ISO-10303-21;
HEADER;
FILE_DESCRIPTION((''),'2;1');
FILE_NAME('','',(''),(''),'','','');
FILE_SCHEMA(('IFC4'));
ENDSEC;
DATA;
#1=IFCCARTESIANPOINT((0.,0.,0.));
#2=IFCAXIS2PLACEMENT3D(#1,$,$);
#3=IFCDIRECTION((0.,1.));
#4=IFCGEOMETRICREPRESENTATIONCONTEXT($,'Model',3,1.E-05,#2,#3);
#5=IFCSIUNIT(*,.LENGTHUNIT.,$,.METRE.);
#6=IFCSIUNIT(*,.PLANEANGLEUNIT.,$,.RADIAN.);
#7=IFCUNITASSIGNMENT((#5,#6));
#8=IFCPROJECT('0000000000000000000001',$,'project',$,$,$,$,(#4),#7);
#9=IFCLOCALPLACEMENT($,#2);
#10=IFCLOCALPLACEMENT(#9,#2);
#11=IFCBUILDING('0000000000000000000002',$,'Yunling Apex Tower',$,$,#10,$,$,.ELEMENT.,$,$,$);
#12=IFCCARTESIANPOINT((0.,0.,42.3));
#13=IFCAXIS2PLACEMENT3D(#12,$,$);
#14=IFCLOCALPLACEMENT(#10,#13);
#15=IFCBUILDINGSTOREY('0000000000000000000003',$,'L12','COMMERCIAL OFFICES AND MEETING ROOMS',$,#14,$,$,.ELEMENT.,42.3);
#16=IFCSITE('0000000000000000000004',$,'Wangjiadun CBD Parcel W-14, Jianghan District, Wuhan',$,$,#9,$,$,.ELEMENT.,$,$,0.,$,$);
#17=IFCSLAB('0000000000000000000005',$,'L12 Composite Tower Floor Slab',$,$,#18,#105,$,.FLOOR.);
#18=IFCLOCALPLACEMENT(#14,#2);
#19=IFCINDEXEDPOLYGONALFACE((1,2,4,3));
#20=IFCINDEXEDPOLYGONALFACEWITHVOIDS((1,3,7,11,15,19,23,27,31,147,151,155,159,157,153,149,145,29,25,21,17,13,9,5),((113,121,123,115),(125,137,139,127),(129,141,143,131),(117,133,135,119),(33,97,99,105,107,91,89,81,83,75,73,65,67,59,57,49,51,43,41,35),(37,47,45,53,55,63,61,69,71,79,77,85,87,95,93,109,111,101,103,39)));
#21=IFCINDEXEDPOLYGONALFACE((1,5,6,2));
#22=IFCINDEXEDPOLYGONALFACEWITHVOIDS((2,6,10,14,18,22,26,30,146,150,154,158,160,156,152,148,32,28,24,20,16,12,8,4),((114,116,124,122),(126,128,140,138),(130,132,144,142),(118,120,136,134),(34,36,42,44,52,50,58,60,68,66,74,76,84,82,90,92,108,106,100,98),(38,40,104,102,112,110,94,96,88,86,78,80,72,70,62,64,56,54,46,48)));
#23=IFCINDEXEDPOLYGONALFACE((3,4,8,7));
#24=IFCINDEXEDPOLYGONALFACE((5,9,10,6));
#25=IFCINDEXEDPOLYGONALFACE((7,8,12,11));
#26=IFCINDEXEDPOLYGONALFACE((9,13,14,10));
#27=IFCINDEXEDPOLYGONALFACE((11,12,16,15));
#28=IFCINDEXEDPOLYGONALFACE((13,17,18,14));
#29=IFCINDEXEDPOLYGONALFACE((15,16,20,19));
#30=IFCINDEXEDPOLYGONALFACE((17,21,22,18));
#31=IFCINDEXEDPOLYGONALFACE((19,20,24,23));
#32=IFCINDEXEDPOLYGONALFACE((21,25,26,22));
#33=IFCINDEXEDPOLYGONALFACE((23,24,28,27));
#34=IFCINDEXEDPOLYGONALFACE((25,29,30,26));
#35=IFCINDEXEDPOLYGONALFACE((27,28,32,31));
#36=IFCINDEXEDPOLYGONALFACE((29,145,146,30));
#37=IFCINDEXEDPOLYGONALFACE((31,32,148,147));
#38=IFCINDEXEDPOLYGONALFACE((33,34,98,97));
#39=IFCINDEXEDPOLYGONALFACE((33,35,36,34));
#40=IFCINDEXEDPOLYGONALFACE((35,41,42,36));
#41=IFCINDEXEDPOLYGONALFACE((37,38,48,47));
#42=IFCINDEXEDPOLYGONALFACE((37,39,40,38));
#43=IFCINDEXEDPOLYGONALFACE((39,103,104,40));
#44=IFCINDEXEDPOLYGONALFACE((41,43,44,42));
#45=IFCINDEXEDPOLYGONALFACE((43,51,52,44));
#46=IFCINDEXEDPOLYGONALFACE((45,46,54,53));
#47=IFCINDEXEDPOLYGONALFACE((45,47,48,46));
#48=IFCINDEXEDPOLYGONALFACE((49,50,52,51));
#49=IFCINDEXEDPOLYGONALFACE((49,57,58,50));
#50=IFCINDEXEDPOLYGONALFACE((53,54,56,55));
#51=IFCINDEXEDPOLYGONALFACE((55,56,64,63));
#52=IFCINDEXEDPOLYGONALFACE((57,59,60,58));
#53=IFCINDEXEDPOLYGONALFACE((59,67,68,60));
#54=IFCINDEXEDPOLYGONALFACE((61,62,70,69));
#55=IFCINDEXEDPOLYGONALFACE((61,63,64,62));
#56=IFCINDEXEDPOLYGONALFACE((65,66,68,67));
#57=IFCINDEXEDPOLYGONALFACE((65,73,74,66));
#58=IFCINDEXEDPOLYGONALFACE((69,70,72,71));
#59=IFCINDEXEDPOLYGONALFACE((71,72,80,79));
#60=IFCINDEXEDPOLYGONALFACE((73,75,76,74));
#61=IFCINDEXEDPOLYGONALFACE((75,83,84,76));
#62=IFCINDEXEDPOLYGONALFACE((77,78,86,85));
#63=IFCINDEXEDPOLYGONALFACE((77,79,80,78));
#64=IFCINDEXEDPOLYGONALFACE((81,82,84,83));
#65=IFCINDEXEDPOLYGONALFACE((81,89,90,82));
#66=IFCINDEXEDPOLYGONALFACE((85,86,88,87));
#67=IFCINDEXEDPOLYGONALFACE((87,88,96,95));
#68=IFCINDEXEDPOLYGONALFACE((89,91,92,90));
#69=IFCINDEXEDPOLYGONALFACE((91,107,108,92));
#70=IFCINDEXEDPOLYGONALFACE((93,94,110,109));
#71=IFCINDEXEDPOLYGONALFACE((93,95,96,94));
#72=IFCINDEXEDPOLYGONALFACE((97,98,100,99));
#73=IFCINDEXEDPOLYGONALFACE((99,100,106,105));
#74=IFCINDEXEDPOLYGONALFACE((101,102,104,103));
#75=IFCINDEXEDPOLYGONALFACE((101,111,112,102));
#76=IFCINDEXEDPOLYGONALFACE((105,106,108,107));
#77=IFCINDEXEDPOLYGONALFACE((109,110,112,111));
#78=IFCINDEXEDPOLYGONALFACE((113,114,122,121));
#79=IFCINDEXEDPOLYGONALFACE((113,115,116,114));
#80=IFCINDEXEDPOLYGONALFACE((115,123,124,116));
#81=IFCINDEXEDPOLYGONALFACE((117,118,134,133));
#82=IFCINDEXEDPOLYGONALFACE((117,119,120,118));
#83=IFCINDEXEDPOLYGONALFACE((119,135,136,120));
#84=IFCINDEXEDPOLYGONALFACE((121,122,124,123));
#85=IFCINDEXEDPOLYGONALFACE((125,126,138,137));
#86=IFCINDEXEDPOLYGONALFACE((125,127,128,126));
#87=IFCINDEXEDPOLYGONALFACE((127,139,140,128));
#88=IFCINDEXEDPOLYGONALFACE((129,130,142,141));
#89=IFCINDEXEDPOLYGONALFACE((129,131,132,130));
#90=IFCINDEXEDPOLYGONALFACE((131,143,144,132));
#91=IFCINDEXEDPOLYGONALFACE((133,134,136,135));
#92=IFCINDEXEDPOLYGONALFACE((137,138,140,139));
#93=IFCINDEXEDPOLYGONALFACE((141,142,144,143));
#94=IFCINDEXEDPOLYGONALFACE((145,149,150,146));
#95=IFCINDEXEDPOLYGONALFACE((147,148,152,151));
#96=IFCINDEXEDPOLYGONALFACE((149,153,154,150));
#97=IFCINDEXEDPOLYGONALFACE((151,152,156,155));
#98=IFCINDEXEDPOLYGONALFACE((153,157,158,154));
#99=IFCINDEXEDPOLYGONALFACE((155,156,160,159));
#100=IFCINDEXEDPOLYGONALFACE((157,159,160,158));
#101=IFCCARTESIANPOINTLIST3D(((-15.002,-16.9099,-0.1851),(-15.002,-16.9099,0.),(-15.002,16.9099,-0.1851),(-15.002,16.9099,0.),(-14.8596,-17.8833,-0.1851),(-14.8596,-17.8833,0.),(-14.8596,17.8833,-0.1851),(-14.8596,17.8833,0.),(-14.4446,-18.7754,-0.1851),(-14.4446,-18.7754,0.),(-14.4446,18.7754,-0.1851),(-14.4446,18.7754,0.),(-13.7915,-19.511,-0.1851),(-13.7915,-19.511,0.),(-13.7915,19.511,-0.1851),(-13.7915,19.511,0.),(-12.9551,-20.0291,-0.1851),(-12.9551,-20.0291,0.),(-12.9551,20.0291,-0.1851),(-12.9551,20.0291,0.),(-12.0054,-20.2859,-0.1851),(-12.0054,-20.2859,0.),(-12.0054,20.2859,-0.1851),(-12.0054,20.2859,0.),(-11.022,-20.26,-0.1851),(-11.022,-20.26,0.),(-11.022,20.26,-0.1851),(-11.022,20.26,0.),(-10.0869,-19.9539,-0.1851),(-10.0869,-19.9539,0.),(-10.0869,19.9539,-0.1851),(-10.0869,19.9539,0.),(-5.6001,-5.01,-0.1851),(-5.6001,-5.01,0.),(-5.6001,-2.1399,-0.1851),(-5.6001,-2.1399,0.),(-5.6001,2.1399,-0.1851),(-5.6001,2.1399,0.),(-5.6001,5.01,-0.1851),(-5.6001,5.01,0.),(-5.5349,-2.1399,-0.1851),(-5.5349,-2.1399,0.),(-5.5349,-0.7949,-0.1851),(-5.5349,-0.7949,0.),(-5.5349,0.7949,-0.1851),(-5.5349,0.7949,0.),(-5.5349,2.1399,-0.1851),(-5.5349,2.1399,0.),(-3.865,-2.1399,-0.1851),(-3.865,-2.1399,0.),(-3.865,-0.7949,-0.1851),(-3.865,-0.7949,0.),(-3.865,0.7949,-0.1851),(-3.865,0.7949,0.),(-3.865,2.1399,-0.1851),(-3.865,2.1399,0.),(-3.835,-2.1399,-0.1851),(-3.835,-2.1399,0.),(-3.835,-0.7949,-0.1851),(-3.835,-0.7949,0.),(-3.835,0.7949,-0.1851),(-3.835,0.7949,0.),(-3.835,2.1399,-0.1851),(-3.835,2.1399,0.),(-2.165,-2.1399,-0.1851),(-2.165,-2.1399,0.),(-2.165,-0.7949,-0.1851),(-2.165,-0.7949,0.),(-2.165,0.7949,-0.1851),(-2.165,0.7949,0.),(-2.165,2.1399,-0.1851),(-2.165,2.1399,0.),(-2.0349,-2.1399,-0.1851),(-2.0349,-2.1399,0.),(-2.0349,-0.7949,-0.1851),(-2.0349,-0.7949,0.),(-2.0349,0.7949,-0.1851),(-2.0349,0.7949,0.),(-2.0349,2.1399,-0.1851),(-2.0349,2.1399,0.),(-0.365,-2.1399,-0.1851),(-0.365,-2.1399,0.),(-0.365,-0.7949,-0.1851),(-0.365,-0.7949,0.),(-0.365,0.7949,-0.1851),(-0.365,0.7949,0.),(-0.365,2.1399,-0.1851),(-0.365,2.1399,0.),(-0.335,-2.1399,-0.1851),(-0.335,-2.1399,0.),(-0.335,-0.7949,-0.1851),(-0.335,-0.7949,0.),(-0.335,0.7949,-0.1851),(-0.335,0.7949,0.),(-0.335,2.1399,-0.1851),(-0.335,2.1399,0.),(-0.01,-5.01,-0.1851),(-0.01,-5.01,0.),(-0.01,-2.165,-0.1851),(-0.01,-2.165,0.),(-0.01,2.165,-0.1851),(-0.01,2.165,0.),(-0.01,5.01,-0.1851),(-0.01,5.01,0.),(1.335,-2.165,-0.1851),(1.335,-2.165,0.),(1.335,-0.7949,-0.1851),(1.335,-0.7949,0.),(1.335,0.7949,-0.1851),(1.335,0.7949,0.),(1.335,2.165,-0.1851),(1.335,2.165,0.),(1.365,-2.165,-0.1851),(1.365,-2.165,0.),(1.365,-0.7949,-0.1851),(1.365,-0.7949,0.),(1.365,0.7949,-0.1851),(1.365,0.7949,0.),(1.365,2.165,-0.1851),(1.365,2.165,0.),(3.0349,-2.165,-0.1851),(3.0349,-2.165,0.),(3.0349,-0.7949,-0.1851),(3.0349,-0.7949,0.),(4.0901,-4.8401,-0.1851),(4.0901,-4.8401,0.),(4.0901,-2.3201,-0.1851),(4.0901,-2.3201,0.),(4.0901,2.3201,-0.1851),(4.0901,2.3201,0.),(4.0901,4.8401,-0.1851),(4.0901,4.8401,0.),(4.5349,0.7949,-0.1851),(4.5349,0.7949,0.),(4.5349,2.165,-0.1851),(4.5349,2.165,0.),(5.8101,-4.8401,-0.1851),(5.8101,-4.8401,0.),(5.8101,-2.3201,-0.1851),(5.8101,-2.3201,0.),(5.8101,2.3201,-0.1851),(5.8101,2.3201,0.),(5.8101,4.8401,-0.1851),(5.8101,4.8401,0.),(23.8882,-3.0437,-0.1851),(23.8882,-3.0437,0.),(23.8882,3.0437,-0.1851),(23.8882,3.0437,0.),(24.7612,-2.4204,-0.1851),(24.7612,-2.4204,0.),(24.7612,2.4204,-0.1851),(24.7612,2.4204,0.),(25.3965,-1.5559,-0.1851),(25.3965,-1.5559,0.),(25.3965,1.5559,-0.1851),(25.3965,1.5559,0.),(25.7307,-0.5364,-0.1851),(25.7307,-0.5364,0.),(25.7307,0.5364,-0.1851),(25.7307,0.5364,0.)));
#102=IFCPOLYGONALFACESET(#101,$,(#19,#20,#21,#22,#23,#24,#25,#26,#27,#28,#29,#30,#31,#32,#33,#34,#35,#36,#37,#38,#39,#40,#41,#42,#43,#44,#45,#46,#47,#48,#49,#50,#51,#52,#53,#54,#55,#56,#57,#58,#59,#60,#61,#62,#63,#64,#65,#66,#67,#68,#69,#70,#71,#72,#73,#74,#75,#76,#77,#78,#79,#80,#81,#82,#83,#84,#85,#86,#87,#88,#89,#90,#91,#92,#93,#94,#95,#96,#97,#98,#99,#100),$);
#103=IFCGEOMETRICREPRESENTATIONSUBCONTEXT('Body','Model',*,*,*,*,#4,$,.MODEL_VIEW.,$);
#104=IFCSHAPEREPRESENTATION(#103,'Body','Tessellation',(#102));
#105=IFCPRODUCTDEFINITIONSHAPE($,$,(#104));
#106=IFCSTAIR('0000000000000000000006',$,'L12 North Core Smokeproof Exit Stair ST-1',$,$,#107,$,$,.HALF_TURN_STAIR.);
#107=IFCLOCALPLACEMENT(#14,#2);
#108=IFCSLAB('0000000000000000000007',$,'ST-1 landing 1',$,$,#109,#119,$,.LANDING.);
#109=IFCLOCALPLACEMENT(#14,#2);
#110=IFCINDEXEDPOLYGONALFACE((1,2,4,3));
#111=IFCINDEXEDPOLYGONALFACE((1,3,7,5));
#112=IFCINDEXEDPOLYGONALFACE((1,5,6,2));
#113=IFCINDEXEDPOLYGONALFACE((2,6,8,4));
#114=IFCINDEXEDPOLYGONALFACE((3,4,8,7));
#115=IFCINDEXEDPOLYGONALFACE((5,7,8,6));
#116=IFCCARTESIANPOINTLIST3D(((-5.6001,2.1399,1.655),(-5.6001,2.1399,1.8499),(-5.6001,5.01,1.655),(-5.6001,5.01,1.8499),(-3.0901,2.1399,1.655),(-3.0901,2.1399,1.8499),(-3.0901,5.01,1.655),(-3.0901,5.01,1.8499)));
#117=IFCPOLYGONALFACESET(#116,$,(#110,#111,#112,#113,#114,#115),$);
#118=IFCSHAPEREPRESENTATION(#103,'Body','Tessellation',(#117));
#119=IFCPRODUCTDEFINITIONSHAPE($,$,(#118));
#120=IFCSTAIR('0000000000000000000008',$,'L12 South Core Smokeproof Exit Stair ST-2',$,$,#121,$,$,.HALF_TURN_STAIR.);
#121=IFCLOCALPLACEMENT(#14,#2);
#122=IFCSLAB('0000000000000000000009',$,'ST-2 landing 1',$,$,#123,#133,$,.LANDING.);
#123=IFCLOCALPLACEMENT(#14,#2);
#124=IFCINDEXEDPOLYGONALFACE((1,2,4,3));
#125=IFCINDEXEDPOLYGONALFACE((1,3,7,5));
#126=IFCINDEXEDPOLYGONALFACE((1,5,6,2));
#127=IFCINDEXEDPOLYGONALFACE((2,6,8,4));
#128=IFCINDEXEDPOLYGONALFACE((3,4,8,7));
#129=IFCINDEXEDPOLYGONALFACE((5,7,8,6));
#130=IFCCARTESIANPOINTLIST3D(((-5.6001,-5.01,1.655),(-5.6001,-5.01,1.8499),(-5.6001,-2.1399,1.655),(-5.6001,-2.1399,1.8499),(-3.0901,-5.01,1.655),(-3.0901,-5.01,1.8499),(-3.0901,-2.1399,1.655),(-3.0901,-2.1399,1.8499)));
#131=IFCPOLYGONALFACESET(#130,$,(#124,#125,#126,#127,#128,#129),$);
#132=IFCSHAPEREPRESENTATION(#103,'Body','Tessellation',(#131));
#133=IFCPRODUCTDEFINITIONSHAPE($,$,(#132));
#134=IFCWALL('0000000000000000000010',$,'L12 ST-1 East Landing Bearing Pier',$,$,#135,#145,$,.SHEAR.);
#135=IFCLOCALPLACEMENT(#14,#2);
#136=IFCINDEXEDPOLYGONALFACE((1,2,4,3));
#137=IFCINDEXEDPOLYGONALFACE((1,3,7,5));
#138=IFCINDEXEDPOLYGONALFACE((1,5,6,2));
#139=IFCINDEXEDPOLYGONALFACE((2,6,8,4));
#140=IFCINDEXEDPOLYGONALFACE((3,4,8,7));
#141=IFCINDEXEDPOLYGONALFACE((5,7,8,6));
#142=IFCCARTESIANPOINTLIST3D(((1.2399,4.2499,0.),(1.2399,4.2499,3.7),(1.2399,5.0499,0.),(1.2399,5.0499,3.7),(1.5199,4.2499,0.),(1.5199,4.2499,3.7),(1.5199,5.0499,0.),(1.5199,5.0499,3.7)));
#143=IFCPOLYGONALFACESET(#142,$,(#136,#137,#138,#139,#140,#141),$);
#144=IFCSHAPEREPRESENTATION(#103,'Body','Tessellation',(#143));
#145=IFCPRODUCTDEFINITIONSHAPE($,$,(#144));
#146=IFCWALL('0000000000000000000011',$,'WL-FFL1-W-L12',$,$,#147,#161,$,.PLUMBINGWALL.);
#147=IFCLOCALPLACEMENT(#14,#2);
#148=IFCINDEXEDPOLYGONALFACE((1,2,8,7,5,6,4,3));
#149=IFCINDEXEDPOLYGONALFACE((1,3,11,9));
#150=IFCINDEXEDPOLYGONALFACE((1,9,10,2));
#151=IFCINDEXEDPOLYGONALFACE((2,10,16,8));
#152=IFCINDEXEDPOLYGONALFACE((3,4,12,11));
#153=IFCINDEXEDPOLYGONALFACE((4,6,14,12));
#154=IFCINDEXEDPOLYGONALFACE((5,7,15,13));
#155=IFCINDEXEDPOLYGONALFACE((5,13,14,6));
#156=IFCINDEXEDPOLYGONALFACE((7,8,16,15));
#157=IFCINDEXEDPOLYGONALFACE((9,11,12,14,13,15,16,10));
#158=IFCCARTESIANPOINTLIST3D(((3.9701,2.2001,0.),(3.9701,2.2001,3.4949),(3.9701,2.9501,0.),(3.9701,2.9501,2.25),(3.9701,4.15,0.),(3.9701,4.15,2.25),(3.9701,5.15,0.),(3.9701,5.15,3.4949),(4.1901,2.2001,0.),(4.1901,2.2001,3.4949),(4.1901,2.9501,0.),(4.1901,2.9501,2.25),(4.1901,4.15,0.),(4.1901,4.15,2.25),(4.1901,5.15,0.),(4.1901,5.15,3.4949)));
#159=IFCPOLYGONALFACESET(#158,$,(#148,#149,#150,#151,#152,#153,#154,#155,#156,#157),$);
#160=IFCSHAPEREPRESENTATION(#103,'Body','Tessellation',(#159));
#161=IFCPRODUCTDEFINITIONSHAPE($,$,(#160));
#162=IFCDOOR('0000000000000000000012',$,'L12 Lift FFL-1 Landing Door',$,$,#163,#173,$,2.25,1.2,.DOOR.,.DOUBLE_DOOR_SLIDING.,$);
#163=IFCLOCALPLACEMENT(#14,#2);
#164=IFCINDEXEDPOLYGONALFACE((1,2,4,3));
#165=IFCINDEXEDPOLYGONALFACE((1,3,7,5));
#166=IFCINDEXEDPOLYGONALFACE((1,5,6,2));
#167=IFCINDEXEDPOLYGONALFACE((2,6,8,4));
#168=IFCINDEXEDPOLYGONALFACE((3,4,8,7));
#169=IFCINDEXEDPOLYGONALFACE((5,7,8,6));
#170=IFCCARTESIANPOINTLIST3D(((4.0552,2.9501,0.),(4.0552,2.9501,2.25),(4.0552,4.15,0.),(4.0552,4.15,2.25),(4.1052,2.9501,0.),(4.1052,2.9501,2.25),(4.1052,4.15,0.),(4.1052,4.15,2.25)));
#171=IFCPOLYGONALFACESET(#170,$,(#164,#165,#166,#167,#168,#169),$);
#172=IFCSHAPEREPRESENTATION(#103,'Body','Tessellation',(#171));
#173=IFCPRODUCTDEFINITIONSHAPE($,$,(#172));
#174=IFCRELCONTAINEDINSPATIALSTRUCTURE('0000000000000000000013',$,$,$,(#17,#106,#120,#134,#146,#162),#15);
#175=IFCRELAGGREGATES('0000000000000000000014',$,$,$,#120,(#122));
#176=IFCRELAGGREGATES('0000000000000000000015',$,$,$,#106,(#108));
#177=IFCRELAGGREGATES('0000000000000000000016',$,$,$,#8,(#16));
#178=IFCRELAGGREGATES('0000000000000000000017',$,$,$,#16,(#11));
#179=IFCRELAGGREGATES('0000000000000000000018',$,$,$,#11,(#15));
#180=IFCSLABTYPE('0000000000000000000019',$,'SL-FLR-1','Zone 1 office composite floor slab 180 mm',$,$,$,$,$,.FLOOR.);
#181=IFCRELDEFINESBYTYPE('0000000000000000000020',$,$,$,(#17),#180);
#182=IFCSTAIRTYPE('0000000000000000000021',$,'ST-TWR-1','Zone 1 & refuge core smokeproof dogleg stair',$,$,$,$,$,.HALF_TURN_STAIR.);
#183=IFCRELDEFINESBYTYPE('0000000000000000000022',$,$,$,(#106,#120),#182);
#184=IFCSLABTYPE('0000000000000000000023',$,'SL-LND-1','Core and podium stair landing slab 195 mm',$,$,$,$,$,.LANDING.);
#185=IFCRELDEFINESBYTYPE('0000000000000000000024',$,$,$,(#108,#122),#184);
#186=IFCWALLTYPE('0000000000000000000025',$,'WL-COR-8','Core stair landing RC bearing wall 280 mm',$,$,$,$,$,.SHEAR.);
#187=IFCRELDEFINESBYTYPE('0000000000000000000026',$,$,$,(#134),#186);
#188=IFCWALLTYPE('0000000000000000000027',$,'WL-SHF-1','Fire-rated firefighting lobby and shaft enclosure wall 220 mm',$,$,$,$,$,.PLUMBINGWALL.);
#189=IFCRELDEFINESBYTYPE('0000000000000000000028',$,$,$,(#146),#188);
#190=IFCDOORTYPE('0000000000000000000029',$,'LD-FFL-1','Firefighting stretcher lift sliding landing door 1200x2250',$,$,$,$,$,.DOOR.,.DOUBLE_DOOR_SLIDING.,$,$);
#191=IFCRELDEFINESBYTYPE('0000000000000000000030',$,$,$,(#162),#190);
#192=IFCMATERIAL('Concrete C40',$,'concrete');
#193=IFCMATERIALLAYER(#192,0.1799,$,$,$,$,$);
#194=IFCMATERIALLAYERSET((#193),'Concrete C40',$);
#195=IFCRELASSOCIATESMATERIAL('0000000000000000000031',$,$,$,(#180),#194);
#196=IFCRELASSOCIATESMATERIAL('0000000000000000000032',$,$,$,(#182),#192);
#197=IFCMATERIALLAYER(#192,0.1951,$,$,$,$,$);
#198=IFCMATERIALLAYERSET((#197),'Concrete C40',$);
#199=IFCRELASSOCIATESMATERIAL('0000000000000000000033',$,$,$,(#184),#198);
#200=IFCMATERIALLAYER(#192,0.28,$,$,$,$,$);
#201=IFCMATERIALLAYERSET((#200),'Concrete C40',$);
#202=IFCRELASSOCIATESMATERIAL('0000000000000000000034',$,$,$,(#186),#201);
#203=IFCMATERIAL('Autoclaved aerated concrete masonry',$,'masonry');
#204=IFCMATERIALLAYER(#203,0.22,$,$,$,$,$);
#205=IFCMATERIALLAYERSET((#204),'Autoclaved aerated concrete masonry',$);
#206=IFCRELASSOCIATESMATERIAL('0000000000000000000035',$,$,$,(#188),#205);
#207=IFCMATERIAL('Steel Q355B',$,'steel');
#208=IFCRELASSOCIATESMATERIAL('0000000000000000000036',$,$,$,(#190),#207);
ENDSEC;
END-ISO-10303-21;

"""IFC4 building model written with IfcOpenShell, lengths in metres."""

from ifc_helpers import new_model, si_unit, direction, frame, frame_2d, origin, place, context, subcontext, project, spatial, polyline, rectangle, outline, extrude, material, layer, layer_set, type_object, element, fill, aggregate, save


model = new_model("IFC4")

# Units and contexts
model_context = context("Model", 3, precision=1e-05, world=origin(), true_north=direction((0.0, 1.0)))
body_context = subcontext(model_context, "Body", "Model", "MODEL_VIEW")
ifc_project = project(units=[si_unit("LENGTHUNIT", "METRE"), si_unit("PLANEANGLEUNIT", "RADIAN")], contexts=[model_context])

# Site, building, storey
site_placement = place(None, origin())
site = spatial("IfcSite", under=ifc_project, at=site_placement, Name="Wangjiadun CBD Parcel W-14, Jianghan District, Wuhan", CompositionType="ELEMENT", RefElevation=0.0)
building_placement = place(site_placement, origin())
building = spatial("IfcBuilding", under=site, at=building_placement, Name="Yunling Apex Tower", CompositionType="ELEMENT")
storey_placement = place(building_placement, frame((0.0, 0.0, 42.3)))
storey = spatial("IfcBuildingStorey", under=building, at=storey_placement, Name="L12", Description="COMMERCIAL OFFICES AND MEETING ROOMS", CompositionType="ELEMENT", Elevation=42.3)

# Slab
ifc_material_1 = material(Name="Concrete C40", Category="concrete")
ifc_layer_1 = layer(ifc_material_1, 0.1799)
ifc_layer_set_1 = layer_set([ifc_layer_1], Name="Concrete C40")
slab_type_1 = type_object("IfcSlabType", Name="SL-FLR-1", Description="Zone 1 office composite floor slab 180 mm", PredefinedType="FLOOR", material=ifc_layer_set_1)
slab_1_placement = place(storey_placement, frame((0.0, 0.0, -0.1851)))
element("IfcSlab", 1, at=slab_1_placement, inside=storey, type_object=slab_type_1, Name="L12 Composite Tower Floor Slab", PredefinedType="FLOOR", context=body_context, shape_type="SweptSolid", body=[
    extrude(outline(polyline([(-15.002, -16.9099), (-14.8596, -17.8833), (-14.4446, -18.7754), (-13.7915, -19.511), (-12.9551, -20.0291), (-12.0054, -20.2859), (-11.022, -20.26), (-10.0869, -19.9539), (23.8882, -3.0437), (24.7612, -2.4204), (25.3965, -1.5559), (25.7307, -0.5364), (25.7307, 0.5364), (25.3965, 1.5559), (24.7612, 2.4204), (23.8882, 3.0437), (-10.0869, 19.9539), (-11.022, 20.26), (-12.0054, 20.2859), (-12.9551, 20.0291), (-13.7915, 19.511), (-14.4446, 18.7754), (-14.8596, 17.8833), (-15.002, 16.9099), (-15.002, -16.9099)]), holes=[polyline([(5.8101, -2.3201), (5.8101, -4.8401), (4.0901, -4.8401), (4.0901, -2.3201), (5.8101, -2.3201)]), polyline([(5.8101, 4.8401), (5.8101, 2.3201), (4.0901, 2.3201), (4.0901, 4.8401), (5.8101, 4.8401)]), polyline([(1.365, 2.165), (4.5349, 2.165), (4.5349, 0.7949), (1.365, 0.7949), (1.365, 2.165)]), polyline([(3.0349, -0.7949), (3.0349, -2.165), (1.365, -2.165), (1.365, -0.7949), (3.0349, -0.7949)]), polyline([(-5.5349, -0.7949), (-3.865, -0.7949), (-3.865, -2.1399), (-3.835, -2.1399), (-3.835, -0.7949), (-2.165, -0.7949), (-2.165, -2.1399), (-2.0349, -2.1399), (-2.0349, -0.7949), (-0.365, -0.7949), (-0.365, -2.1399), (-0.335, -2.1399), (-0.335, -0.7949), (1.335, -0.7949), (1.335, -2.165), (-0.01, -2.165), (-0.01, -5.01), (-5.6001, -5.01), (-5.6001, -2.1399), (-5.5349, -2.1399), (-5.5349, -0.7949)]), polyline([(-5.6001, 2.1399), (-5.6001, 5.01), (-0.01, 5.01), (-0.01, 2.165), (1.335, 2.165), (1.335, 0.7949), (-0.335, 0.7949), (-0.335, 2.1399), (-0.365, 2.1399), (-0.365, 0.7949), (-2.0349, 0.7949), (-2.0349, 2.1399), (-2.165, 2.1399), (-2.165, 0.7949), (-3.835, 0.7949), (-3.835, 2.1399), (-3.865, 2.1399), (-3.865, 0.7949), (-5.5349, 0.7949), (-5.5349, 2.1399), (-5.6001, 2.1399)])]), origin(), (0.0, 0.0, 1.0), 0.1851),
])

# Stairs, slabs
stair_type = type_object("IfcStairType", Name="ST-TWR-1", Description="Zone 1 & refuge core smokeproof dogleg stair", PredefinedType="HALF_TURN_STAIR", material=ifc_material_1)
stair_1_placement = place(storey_placement, origin())
stair_1 = element("IfcStair", 2, at=stair_1_placement, inside=storey, type_object=stair_type, Name="L12 North Core Smokeproof Exit Stair ST-1", PredefinedType="HALF_TURN_STAIR")
ifc_layer_2 = layer(ifc_material_1, 0.1951)
ifc_layer_set_2 = layer_set([ifc_layer_2], Name="Concrete C40")
slab_type_2 = type_object("IfcSlabType", Name="SL-LND-1", Description="Core and podium stair landing slab 195 mm", PredefinedType="LANDING", material=ifc_layer_set_2)
slab_2_placement = place(storey_placement, frame((0.0, 0.0, 1.655)))
slab_2 = element("IfcSlab", 3, at=slab_2_placement, type_object=slab_type_2, Name="ST-1 landing 1", PredefinedType="LANDING", context=body_context, shape_type="SweptSolid", body=[
    extrude(outline(polyline([(-3.0901, 5.01), (-5.6001, 5.01), (-5.6001, 2.1399), (-3.0901, 2.1399), (-3.0901, 5.01)])), origin(), (0.0, 0.0, 1.0), 0.1948),
])
stair_2_placement = place(storey_placement, origin())
stair_2 = element("IfcStair", 4, at=stair_2_placement, inside=storey, type_object=stair_type, Name="L12 South Core Smokeproof Exit Stair ST-2", PredefinedType="HALF_TURN_STAIR")
slab_3_placement = place(storey_placement, frame((0.0, 0.0, 1.655)))
slab_3 = element("IfcSlab", 5, at=slab_3_placement, type_object=slab_type_2, Name="ST-2 landing 1", PredefinedType="LANDING", context=body_context, shape_type="SweptSolid", body=[
    extrude(outline(polyline([(-3.0901, -2.1399), (-5.6001, -2.1399), (-5.6001, -5.01), (-3.0901, -5.01), (-3.0901, -2.1399)])), origin(), (0.0, 0.0, 1.0), 0.1948),
])
aggregate(stair_2, [slab_3])

# Wall
ifc_layer_3 = layer(ifc_material_1, 0.28)
ifc_layer_set_3 = layer_set([ifc_layer_3], Name="Concrete C40")
wall_type_1 = type_object("IfcWallType", Name="WL-COR-8", Description="Core stair landing RC bearing wall 280 mm", PredefinedType="SHEAR", material=ifc_layer_set_3)
wall_1_placement = place(storey_placement, frame((1.3799, 4.25, 0.0), z_axis=(0.0, 0.0, 1.0), x_axis=(0.0, 1.0, 0.0)))
element("IfcWall", 6, at=wall_1_placement, inside=storey, type_object=wall_type_1, Name="L12 ST-1 East Landing Bearing Pier", PredefinedType="SHEAR", context=body_context, shape_type="SweptSolid", body=[
    extrude(rectangle(XDim=0.8, YDim=0.28, at=frame_2d((0.3999, 0.0))), origin(), (0.0, 0.0, 1.0), 3.7),
])

# Wall, opening, door
ifc_material_2 = material(Name="Autoclaved aerated concrete masonry", Category="masonry")
ifc_layer_4 = layer(ifc_material_2, 0.22)
ifc_layer_set_4 = layer_set([ifc_layer_4], Name="Autoclaved aerated concrete masonry")
wall_type_2 = type_object("IfcWallType", Name="WL-SHF-1", Description="Fire-rated firefighting lobby and shaft enclosure wall 220 mm", PredefinedType="PLUMBINGWALL", material=ifc_layer_set_4)
ifc_material_3 = material(Name="Steel Q355B", Category="steel")
wall_2_placement = place(storey_placement, frame((4.0801, 2.2, 0.0), z_axis=(0.0, 0.0, 1.0), x_axis=(0.0, 1.0, 0.0)))
wall_2 = element("IfcWall", 7, at=wall_2_placement, inside=storey, type_object=wall_type_2, Name="WL-FFL1-W-L12", PredefinedType="PLUMBINGWALL", context=body_context, shape_type="SweptSolid", body=[
    extrude(rectangle(XDim=2.95, YDim=0.22, at=frame_2d((1.4751, 0.0))), origin(), (0.0, 0.0, 1.0), 3.4949),
])
opening_1_placement = place(wall_2_placement, frame((0.75, 0.0, 0.0)))
opening_1 = element("IfcOpeningElement", 8, at=opening_1_placement, cuts=wall_2, PredefinedType="OPENING", context=body_context, shape_type="SweptSolid", body=[
    extrude(rectangle(XDim=1.2, YDim=2.25, at=frame_2d((0.6001, 1.125))), frame((0.0, 0.1201, 0.0), z_axis=(0.0, -1.0, 0.0), x_axis=(1.0, 0.0, 0.0)), (0.0, 0.0, 1.0), 0.24),
])
door_type_1 = type_object("IfcDoorType", Name="LD-FFL-1", Description="Firefighting stretcher lift sliding landing door 1200x2250", OperationType="DOUBLE_DOOR_SLIDING", PredefinedType="DOOR", material=ifc_material_3)
door_1_placement = place(opening_1_placement, origin())
door_1 = element("IfcDoor", 9, at=door_1_placement, inside=storey, type_object=door_type_1, Name="L12 Lift FFL-1 Landing Door", OperationType="DOUBLE_DOOR_SLIDING", OverallHeight=2.25, OverallWidth=1.2, PredefinedType="DOOR", context=body_context, shape_type="SweptSolid", body=[
    extrude(rectangle(XDim=1.2, YDim=2.25, at=frame_2d((0.6001, 1.125))), frame((0.0, 0.0249, 0.0), z_axis=(0.0, -1.0, 0.0), x_axis=(1.0, 0.0, 0.0)), (0.0, 0.0, 1.0), 0.05),
])
fill(opening_1, door_1)

aggregate(stair_1, [slab_2])

save(model, "model.ifc")
